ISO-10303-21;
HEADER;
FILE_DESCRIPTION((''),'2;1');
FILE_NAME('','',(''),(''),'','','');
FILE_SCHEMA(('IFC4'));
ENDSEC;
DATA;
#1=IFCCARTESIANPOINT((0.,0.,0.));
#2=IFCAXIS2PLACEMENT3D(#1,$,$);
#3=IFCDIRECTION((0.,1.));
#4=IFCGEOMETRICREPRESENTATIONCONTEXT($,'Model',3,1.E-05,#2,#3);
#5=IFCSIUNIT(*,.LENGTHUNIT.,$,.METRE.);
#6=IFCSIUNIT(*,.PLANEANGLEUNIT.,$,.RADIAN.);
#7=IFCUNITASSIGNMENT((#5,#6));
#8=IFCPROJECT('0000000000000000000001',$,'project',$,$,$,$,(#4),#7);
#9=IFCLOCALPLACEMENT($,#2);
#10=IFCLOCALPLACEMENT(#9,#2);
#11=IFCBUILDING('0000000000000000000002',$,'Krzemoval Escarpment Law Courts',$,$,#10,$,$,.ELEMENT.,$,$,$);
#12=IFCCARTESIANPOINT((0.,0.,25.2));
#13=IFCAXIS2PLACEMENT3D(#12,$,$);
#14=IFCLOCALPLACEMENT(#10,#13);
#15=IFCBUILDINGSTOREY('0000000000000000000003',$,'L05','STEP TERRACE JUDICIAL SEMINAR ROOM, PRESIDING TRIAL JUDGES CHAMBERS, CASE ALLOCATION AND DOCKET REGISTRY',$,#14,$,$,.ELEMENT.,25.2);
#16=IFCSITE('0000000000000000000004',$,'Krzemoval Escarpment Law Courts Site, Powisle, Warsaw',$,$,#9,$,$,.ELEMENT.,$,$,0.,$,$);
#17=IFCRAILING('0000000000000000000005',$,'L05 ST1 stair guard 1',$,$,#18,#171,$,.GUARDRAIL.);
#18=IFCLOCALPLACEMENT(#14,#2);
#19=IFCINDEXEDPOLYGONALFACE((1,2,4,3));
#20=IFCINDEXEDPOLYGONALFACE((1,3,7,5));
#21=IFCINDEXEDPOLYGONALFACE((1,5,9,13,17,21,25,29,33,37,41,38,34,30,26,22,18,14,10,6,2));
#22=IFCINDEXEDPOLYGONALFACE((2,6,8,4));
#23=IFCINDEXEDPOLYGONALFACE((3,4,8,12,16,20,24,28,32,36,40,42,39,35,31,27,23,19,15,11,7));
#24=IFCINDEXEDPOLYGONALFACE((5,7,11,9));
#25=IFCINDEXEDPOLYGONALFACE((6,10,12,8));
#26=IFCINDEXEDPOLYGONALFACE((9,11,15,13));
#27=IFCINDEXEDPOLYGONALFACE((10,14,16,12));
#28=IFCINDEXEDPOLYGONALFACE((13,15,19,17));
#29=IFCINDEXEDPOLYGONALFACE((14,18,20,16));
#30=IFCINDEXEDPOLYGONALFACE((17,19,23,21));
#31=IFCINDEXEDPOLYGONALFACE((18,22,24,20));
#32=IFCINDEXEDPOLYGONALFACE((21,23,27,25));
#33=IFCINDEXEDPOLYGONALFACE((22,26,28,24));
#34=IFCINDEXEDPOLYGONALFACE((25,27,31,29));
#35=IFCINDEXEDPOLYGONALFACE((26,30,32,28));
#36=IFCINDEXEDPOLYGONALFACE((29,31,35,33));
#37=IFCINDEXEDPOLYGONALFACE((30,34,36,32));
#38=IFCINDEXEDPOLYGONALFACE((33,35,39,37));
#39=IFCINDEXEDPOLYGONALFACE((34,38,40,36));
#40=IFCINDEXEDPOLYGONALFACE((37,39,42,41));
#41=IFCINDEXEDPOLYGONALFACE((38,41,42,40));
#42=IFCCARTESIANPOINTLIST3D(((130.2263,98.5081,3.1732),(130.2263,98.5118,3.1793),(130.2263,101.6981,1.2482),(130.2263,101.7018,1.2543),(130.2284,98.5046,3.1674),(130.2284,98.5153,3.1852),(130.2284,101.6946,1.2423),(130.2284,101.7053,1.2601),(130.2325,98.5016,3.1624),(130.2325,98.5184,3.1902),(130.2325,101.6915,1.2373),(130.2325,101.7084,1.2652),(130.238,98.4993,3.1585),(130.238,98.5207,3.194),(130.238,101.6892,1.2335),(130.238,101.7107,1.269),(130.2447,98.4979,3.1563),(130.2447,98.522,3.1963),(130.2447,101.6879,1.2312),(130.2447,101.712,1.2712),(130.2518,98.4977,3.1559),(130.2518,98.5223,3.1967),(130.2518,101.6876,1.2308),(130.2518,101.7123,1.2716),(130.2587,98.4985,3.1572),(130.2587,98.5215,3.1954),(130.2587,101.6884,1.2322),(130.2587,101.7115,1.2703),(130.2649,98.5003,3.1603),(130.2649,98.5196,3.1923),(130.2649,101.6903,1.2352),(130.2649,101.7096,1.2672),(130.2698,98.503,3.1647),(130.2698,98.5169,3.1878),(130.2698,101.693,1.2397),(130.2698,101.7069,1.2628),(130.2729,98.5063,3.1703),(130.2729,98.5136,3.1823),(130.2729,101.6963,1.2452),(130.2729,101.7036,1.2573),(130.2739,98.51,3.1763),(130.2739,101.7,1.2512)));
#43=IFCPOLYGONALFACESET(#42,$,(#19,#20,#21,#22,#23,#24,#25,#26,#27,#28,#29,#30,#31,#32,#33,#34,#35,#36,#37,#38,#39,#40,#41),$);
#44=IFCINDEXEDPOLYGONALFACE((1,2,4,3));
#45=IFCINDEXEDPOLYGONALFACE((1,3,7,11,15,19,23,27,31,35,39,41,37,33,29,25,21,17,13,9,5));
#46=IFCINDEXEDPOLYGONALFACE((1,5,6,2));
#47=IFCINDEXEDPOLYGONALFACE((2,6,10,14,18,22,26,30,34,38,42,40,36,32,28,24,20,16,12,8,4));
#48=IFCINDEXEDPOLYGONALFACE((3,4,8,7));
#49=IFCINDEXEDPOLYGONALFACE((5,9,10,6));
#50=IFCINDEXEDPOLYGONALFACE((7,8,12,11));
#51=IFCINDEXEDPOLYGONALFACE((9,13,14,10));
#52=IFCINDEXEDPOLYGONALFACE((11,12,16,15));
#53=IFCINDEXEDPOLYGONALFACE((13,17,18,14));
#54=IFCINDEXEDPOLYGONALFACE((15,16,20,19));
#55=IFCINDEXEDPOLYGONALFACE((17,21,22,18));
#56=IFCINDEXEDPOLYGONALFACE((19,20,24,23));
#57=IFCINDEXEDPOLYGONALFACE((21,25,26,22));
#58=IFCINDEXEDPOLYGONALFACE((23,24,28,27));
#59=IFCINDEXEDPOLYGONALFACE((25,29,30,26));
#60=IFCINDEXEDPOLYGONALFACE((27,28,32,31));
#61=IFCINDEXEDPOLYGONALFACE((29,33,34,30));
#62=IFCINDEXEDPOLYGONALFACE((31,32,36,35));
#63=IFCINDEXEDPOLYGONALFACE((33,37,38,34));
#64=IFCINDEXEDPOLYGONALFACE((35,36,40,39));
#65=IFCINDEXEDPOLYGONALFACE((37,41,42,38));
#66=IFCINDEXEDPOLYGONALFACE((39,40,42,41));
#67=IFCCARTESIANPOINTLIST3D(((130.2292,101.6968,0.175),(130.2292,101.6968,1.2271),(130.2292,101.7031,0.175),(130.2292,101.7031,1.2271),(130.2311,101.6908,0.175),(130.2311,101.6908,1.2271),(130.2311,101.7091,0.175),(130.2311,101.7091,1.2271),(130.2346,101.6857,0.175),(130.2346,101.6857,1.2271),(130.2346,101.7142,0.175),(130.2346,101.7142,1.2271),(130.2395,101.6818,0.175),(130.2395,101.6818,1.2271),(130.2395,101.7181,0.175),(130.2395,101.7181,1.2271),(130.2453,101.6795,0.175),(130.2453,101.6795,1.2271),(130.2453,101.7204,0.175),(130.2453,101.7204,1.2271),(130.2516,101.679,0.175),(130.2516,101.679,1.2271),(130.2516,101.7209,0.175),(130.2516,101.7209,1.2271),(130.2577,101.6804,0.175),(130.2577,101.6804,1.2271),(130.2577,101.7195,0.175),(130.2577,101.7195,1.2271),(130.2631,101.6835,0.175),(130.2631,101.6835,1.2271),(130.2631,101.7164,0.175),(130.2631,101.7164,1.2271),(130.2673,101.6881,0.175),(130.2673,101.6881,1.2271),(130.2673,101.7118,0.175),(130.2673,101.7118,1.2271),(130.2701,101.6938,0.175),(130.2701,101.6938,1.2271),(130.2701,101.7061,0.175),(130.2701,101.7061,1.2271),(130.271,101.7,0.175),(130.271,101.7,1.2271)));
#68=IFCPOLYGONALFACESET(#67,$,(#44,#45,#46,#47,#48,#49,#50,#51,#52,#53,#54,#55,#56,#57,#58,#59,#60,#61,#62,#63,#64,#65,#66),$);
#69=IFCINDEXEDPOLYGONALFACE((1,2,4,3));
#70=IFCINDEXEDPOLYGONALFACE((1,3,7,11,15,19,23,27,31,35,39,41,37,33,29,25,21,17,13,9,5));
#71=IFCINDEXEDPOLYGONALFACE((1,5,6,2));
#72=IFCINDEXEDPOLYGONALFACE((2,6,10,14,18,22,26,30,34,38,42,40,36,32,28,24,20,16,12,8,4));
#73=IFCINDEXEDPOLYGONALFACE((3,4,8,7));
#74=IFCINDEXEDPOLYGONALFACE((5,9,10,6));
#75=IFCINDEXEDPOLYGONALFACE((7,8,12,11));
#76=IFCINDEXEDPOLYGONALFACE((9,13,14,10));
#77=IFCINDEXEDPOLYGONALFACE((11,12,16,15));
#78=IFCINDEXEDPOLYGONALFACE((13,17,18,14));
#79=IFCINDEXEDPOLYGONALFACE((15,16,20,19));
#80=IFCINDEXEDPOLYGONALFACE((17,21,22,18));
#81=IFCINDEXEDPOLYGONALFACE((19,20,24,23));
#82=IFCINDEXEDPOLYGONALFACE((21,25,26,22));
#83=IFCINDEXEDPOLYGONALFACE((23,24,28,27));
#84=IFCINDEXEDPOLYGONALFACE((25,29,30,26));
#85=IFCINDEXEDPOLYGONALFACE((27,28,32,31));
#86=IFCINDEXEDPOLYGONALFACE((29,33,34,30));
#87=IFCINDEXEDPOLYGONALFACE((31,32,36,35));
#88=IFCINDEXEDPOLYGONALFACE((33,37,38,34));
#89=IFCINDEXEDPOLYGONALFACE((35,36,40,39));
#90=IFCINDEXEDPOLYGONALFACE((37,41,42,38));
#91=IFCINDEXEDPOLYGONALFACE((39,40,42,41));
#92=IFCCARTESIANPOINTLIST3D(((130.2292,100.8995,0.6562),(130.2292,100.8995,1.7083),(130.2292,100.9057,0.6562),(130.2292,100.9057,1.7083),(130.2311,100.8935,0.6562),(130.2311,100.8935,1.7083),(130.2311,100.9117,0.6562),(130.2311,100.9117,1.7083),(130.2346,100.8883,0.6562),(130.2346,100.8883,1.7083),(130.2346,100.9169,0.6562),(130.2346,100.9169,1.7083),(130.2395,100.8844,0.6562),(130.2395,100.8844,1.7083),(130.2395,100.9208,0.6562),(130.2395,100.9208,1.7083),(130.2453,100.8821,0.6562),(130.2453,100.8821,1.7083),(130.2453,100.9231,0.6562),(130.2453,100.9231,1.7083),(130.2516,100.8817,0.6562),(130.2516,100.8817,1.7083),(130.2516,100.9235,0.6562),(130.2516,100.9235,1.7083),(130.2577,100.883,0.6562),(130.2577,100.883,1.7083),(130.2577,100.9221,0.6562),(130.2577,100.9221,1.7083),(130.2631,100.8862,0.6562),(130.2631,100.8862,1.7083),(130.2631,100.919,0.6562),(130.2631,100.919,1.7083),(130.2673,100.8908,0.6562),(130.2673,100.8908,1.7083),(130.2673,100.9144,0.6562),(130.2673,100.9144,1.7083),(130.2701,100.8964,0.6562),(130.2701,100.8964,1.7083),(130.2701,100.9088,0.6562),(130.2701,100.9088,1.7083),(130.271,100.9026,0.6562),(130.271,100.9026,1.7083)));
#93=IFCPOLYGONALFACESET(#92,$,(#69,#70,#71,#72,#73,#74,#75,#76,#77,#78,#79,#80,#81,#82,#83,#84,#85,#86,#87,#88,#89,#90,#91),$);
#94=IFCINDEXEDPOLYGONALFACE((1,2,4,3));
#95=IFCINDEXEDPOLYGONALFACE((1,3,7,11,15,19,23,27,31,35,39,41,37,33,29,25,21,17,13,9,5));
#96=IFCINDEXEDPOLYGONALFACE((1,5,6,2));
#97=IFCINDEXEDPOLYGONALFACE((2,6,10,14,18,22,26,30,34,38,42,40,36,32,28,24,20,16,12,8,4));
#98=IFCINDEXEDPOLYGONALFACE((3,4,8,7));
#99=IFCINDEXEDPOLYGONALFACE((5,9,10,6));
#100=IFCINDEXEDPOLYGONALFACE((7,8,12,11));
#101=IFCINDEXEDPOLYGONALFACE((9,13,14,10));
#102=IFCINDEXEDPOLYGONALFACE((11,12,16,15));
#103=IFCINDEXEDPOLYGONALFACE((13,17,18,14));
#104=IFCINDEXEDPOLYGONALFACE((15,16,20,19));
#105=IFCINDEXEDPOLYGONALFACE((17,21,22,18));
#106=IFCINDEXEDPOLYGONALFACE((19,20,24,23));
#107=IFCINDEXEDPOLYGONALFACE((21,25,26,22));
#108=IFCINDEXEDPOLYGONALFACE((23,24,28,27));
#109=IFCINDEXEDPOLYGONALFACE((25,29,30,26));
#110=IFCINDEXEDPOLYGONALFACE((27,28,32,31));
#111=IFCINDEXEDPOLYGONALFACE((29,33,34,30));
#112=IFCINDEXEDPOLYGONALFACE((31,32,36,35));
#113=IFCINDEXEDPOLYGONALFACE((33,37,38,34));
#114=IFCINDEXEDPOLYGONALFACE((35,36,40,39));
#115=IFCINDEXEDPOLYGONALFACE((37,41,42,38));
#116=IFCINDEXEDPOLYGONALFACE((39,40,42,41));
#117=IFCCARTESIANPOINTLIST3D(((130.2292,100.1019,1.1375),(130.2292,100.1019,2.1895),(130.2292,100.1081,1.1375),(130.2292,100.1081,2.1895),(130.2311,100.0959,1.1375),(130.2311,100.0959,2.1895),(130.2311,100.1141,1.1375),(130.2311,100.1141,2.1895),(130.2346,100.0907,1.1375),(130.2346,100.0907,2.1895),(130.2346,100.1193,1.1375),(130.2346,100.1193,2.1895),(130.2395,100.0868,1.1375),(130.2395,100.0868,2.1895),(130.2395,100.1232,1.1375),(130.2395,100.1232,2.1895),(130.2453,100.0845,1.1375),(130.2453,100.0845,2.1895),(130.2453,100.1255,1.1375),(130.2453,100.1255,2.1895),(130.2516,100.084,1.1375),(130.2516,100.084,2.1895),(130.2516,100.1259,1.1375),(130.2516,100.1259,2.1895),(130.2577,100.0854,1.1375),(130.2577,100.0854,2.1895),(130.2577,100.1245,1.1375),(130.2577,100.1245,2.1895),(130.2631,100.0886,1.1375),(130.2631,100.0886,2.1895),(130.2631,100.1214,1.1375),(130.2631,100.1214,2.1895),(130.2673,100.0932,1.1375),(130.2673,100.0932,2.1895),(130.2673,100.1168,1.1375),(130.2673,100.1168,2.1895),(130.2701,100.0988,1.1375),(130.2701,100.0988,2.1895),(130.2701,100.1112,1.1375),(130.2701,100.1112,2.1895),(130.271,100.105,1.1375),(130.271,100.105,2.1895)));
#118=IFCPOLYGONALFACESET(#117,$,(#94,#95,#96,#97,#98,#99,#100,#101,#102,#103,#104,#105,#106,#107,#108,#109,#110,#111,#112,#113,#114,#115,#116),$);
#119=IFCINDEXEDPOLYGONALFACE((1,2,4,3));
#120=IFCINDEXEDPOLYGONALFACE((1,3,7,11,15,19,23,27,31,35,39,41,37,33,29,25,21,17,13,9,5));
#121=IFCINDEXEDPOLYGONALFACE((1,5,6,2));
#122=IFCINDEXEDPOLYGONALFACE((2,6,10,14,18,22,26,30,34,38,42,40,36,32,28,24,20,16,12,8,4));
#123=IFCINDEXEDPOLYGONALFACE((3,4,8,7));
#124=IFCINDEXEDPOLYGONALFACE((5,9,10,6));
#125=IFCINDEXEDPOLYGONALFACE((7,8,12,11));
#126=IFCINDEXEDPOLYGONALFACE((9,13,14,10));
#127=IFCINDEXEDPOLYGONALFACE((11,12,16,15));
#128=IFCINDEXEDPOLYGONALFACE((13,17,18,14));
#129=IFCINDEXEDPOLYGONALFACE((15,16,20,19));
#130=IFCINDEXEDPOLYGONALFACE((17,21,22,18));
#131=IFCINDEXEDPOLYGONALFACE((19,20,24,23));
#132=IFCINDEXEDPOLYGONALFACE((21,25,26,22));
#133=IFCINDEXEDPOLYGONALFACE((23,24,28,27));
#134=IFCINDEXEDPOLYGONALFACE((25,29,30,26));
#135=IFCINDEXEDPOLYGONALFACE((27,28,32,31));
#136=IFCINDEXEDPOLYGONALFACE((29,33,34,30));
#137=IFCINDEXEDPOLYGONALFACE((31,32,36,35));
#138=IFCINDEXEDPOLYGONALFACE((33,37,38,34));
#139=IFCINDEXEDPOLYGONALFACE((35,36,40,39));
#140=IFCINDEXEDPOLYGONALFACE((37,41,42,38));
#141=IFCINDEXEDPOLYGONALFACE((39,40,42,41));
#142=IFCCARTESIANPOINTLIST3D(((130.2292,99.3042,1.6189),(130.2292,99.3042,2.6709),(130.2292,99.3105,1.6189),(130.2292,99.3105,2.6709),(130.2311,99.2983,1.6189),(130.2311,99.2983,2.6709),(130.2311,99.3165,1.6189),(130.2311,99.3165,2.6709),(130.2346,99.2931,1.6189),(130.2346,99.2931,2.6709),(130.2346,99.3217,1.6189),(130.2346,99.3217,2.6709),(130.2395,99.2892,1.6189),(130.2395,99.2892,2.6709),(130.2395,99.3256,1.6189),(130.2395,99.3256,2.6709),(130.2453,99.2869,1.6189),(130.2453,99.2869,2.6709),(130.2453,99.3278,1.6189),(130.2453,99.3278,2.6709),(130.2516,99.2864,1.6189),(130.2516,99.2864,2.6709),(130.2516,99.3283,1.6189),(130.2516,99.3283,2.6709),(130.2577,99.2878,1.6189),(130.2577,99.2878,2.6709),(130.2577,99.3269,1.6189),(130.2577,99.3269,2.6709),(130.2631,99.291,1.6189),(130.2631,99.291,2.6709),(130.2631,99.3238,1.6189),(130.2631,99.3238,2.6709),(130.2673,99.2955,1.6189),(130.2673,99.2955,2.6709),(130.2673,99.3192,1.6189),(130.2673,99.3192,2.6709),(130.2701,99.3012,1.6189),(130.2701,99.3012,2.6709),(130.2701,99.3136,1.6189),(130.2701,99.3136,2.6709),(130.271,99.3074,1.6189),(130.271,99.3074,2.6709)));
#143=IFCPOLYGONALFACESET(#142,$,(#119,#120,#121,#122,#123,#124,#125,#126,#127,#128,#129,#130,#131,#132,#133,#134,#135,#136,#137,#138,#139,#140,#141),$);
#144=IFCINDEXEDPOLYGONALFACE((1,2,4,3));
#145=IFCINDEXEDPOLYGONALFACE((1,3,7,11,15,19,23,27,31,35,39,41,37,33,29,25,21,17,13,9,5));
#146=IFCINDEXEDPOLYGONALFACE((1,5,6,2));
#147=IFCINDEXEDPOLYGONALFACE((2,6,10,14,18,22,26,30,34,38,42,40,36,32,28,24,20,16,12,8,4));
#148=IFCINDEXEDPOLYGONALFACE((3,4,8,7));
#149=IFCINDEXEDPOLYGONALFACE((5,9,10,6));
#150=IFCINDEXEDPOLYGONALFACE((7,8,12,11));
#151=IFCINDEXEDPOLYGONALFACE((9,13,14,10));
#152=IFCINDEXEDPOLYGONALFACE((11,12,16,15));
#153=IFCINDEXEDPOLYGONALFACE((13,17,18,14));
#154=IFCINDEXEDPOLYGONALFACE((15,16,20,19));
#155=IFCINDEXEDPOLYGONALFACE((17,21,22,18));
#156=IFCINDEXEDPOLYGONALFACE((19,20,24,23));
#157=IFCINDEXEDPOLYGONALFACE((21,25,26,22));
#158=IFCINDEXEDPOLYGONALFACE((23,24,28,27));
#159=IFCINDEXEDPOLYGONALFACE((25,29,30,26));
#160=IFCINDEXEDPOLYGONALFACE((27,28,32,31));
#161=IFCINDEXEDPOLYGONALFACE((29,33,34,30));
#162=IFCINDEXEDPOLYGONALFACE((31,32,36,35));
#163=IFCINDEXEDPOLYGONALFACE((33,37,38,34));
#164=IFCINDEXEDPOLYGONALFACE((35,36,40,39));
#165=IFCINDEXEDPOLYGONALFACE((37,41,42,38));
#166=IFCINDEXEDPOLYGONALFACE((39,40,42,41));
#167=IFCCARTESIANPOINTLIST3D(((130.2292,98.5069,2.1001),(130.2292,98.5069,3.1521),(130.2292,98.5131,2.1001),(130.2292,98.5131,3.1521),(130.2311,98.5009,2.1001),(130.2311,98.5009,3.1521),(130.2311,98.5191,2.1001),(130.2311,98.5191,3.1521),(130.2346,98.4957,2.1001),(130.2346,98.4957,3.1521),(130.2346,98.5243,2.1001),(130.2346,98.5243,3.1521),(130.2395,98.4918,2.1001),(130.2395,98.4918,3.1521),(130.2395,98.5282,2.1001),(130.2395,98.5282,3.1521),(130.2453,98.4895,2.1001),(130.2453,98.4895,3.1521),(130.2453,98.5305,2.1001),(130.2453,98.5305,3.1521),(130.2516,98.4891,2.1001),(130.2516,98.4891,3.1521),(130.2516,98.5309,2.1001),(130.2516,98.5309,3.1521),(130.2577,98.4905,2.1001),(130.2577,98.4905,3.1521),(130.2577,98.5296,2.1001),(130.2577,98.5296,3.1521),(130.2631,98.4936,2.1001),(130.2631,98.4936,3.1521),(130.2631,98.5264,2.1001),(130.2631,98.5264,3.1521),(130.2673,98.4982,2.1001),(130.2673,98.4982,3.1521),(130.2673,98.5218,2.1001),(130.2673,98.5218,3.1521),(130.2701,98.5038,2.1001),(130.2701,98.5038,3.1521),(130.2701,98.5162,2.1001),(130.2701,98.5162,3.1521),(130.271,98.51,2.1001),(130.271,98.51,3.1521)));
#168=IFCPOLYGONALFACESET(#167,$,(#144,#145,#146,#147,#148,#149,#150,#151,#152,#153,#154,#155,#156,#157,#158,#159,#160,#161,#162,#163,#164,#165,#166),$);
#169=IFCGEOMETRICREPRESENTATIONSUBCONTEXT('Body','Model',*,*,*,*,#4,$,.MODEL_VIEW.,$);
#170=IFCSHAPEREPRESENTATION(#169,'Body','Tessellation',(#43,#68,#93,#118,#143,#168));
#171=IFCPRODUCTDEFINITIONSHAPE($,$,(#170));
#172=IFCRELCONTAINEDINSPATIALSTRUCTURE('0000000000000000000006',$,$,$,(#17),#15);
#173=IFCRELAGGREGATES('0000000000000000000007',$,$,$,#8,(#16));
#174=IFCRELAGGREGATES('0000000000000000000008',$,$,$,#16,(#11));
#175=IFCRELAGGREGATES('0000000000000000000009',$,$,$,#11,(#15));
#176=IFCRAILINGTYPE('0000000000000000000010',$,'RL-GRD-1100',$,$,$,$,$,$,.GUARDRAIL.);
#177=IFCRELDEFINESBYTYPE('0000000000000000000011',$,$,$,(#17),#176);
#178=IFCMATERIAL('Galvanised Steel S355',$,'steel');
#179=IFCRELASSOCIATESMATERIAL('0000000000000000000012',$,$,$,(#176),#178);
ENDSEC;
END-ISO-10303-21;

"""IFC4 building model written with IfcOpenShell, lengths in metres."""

from ifc_helpers import new_model, si_unit, direction, frame, origin, origin_2d, place, context, subcontext, project, spatial, circle, extrude, material, type_object, element, save


model = new_model("IFC4")

# Units and contexts
model_context = context("Model", 3, precision=1e-05, world=origin(), true_north=direction((0.0, 1.0)))
body_context = subcontext(model_context, "Body", "Model", "MODEL_VIEW")
ifc_project = project(units=[si_unit("LENGTHUNIT", "METRE"), si_unit("PLANEANGLEUNIT", "RADIAN")], contexts=[model_context])

# Site, building, storey
site_placement = place(None, origin())
site = spatial("IfcSite", under=ifc_project, at=site_placement, Name="Krzemoval Escarpment Law Courts Site, Powisle, Warsaw", CompositionType="ELEMENT", RefElevation=0.0)
building_placement = place(site_placement, origin())
building = spatial("IfcBuilding", under=site, at=building_placement, Name="Krzemoval Escarpment Law Courts", CompositionType="ELEMENT")
storey_placement = place(building_placement, frame((0.0, 0.0, 25.2)))
storey = spatial("IfcBuildingStorey", under=building, at=storey_placement, Name="L05", Description="STEP TERRACE JUDICIAL SEMINAR ROOM, PRESIDING TRIAL JUDGES CHAMBERS, CASE ALLOCATION AND DOCKET REGISTRY", CompositionType="ELEMENT", Elevation=25.2)

# Railing
ifc_material_1 = material(Name="Galvanised Steel S355", Category="steel")
railing_type_1 = type_object("IfcRailingType", Name="RL-GRD-1100", PredefinedType="GUARDRAIL", material=ifc_material_1)
railing_1_placement = place(storey_placement, frame((130.25, 101.7, 0.175)))
element("IfcRailing", 1, at=railing_1_placement, inside=storey, type_object=railing_type_1, Name="L05 ST1 stair guard 1", PredefinedType="GUARDRAIL", context=body_context, shape_type="SweptSolid", body=[
    extrude(circle(Radius=0.0239, at=origin_2d()), frame((0.0, 0.0, 1.0762), z_axis=(0.0, -0.856178, 0.516682), x_axis=(1.0, 0.0, 0.0)), (0.0, 0.0, 1.0), 3.7258),
    extrude(circle(Radius=0.021, at=origin_2d()), origin(), (0.0, 0.0, 1.0), 1.052),
    extrude(circle(Radius=0.021, at=origin_2d()), frame((0.0, -0.7974, 0.4812)), (0.0, 0.0, 1.0), 1.052),
    extrude(circle(Radius=0.021, at=origin_2d()), frame((0.0, -1.595, 0.9624)), (0.0, 0.0, 1.0), 1.052),
    extrude(circle(Radius=0.021, at=origin_2d()), frame((0.0, -2.3926, 1.4438)), (0.0, 0.0, 1.0), 1.052),
    extrude(circle(Radius=0.021, at=origin_2d()), frame((0.0, -3.1899, 1.925)), (0.0, 0.0, 1.0), 1.052),
])

save(model, "model.ifc")
